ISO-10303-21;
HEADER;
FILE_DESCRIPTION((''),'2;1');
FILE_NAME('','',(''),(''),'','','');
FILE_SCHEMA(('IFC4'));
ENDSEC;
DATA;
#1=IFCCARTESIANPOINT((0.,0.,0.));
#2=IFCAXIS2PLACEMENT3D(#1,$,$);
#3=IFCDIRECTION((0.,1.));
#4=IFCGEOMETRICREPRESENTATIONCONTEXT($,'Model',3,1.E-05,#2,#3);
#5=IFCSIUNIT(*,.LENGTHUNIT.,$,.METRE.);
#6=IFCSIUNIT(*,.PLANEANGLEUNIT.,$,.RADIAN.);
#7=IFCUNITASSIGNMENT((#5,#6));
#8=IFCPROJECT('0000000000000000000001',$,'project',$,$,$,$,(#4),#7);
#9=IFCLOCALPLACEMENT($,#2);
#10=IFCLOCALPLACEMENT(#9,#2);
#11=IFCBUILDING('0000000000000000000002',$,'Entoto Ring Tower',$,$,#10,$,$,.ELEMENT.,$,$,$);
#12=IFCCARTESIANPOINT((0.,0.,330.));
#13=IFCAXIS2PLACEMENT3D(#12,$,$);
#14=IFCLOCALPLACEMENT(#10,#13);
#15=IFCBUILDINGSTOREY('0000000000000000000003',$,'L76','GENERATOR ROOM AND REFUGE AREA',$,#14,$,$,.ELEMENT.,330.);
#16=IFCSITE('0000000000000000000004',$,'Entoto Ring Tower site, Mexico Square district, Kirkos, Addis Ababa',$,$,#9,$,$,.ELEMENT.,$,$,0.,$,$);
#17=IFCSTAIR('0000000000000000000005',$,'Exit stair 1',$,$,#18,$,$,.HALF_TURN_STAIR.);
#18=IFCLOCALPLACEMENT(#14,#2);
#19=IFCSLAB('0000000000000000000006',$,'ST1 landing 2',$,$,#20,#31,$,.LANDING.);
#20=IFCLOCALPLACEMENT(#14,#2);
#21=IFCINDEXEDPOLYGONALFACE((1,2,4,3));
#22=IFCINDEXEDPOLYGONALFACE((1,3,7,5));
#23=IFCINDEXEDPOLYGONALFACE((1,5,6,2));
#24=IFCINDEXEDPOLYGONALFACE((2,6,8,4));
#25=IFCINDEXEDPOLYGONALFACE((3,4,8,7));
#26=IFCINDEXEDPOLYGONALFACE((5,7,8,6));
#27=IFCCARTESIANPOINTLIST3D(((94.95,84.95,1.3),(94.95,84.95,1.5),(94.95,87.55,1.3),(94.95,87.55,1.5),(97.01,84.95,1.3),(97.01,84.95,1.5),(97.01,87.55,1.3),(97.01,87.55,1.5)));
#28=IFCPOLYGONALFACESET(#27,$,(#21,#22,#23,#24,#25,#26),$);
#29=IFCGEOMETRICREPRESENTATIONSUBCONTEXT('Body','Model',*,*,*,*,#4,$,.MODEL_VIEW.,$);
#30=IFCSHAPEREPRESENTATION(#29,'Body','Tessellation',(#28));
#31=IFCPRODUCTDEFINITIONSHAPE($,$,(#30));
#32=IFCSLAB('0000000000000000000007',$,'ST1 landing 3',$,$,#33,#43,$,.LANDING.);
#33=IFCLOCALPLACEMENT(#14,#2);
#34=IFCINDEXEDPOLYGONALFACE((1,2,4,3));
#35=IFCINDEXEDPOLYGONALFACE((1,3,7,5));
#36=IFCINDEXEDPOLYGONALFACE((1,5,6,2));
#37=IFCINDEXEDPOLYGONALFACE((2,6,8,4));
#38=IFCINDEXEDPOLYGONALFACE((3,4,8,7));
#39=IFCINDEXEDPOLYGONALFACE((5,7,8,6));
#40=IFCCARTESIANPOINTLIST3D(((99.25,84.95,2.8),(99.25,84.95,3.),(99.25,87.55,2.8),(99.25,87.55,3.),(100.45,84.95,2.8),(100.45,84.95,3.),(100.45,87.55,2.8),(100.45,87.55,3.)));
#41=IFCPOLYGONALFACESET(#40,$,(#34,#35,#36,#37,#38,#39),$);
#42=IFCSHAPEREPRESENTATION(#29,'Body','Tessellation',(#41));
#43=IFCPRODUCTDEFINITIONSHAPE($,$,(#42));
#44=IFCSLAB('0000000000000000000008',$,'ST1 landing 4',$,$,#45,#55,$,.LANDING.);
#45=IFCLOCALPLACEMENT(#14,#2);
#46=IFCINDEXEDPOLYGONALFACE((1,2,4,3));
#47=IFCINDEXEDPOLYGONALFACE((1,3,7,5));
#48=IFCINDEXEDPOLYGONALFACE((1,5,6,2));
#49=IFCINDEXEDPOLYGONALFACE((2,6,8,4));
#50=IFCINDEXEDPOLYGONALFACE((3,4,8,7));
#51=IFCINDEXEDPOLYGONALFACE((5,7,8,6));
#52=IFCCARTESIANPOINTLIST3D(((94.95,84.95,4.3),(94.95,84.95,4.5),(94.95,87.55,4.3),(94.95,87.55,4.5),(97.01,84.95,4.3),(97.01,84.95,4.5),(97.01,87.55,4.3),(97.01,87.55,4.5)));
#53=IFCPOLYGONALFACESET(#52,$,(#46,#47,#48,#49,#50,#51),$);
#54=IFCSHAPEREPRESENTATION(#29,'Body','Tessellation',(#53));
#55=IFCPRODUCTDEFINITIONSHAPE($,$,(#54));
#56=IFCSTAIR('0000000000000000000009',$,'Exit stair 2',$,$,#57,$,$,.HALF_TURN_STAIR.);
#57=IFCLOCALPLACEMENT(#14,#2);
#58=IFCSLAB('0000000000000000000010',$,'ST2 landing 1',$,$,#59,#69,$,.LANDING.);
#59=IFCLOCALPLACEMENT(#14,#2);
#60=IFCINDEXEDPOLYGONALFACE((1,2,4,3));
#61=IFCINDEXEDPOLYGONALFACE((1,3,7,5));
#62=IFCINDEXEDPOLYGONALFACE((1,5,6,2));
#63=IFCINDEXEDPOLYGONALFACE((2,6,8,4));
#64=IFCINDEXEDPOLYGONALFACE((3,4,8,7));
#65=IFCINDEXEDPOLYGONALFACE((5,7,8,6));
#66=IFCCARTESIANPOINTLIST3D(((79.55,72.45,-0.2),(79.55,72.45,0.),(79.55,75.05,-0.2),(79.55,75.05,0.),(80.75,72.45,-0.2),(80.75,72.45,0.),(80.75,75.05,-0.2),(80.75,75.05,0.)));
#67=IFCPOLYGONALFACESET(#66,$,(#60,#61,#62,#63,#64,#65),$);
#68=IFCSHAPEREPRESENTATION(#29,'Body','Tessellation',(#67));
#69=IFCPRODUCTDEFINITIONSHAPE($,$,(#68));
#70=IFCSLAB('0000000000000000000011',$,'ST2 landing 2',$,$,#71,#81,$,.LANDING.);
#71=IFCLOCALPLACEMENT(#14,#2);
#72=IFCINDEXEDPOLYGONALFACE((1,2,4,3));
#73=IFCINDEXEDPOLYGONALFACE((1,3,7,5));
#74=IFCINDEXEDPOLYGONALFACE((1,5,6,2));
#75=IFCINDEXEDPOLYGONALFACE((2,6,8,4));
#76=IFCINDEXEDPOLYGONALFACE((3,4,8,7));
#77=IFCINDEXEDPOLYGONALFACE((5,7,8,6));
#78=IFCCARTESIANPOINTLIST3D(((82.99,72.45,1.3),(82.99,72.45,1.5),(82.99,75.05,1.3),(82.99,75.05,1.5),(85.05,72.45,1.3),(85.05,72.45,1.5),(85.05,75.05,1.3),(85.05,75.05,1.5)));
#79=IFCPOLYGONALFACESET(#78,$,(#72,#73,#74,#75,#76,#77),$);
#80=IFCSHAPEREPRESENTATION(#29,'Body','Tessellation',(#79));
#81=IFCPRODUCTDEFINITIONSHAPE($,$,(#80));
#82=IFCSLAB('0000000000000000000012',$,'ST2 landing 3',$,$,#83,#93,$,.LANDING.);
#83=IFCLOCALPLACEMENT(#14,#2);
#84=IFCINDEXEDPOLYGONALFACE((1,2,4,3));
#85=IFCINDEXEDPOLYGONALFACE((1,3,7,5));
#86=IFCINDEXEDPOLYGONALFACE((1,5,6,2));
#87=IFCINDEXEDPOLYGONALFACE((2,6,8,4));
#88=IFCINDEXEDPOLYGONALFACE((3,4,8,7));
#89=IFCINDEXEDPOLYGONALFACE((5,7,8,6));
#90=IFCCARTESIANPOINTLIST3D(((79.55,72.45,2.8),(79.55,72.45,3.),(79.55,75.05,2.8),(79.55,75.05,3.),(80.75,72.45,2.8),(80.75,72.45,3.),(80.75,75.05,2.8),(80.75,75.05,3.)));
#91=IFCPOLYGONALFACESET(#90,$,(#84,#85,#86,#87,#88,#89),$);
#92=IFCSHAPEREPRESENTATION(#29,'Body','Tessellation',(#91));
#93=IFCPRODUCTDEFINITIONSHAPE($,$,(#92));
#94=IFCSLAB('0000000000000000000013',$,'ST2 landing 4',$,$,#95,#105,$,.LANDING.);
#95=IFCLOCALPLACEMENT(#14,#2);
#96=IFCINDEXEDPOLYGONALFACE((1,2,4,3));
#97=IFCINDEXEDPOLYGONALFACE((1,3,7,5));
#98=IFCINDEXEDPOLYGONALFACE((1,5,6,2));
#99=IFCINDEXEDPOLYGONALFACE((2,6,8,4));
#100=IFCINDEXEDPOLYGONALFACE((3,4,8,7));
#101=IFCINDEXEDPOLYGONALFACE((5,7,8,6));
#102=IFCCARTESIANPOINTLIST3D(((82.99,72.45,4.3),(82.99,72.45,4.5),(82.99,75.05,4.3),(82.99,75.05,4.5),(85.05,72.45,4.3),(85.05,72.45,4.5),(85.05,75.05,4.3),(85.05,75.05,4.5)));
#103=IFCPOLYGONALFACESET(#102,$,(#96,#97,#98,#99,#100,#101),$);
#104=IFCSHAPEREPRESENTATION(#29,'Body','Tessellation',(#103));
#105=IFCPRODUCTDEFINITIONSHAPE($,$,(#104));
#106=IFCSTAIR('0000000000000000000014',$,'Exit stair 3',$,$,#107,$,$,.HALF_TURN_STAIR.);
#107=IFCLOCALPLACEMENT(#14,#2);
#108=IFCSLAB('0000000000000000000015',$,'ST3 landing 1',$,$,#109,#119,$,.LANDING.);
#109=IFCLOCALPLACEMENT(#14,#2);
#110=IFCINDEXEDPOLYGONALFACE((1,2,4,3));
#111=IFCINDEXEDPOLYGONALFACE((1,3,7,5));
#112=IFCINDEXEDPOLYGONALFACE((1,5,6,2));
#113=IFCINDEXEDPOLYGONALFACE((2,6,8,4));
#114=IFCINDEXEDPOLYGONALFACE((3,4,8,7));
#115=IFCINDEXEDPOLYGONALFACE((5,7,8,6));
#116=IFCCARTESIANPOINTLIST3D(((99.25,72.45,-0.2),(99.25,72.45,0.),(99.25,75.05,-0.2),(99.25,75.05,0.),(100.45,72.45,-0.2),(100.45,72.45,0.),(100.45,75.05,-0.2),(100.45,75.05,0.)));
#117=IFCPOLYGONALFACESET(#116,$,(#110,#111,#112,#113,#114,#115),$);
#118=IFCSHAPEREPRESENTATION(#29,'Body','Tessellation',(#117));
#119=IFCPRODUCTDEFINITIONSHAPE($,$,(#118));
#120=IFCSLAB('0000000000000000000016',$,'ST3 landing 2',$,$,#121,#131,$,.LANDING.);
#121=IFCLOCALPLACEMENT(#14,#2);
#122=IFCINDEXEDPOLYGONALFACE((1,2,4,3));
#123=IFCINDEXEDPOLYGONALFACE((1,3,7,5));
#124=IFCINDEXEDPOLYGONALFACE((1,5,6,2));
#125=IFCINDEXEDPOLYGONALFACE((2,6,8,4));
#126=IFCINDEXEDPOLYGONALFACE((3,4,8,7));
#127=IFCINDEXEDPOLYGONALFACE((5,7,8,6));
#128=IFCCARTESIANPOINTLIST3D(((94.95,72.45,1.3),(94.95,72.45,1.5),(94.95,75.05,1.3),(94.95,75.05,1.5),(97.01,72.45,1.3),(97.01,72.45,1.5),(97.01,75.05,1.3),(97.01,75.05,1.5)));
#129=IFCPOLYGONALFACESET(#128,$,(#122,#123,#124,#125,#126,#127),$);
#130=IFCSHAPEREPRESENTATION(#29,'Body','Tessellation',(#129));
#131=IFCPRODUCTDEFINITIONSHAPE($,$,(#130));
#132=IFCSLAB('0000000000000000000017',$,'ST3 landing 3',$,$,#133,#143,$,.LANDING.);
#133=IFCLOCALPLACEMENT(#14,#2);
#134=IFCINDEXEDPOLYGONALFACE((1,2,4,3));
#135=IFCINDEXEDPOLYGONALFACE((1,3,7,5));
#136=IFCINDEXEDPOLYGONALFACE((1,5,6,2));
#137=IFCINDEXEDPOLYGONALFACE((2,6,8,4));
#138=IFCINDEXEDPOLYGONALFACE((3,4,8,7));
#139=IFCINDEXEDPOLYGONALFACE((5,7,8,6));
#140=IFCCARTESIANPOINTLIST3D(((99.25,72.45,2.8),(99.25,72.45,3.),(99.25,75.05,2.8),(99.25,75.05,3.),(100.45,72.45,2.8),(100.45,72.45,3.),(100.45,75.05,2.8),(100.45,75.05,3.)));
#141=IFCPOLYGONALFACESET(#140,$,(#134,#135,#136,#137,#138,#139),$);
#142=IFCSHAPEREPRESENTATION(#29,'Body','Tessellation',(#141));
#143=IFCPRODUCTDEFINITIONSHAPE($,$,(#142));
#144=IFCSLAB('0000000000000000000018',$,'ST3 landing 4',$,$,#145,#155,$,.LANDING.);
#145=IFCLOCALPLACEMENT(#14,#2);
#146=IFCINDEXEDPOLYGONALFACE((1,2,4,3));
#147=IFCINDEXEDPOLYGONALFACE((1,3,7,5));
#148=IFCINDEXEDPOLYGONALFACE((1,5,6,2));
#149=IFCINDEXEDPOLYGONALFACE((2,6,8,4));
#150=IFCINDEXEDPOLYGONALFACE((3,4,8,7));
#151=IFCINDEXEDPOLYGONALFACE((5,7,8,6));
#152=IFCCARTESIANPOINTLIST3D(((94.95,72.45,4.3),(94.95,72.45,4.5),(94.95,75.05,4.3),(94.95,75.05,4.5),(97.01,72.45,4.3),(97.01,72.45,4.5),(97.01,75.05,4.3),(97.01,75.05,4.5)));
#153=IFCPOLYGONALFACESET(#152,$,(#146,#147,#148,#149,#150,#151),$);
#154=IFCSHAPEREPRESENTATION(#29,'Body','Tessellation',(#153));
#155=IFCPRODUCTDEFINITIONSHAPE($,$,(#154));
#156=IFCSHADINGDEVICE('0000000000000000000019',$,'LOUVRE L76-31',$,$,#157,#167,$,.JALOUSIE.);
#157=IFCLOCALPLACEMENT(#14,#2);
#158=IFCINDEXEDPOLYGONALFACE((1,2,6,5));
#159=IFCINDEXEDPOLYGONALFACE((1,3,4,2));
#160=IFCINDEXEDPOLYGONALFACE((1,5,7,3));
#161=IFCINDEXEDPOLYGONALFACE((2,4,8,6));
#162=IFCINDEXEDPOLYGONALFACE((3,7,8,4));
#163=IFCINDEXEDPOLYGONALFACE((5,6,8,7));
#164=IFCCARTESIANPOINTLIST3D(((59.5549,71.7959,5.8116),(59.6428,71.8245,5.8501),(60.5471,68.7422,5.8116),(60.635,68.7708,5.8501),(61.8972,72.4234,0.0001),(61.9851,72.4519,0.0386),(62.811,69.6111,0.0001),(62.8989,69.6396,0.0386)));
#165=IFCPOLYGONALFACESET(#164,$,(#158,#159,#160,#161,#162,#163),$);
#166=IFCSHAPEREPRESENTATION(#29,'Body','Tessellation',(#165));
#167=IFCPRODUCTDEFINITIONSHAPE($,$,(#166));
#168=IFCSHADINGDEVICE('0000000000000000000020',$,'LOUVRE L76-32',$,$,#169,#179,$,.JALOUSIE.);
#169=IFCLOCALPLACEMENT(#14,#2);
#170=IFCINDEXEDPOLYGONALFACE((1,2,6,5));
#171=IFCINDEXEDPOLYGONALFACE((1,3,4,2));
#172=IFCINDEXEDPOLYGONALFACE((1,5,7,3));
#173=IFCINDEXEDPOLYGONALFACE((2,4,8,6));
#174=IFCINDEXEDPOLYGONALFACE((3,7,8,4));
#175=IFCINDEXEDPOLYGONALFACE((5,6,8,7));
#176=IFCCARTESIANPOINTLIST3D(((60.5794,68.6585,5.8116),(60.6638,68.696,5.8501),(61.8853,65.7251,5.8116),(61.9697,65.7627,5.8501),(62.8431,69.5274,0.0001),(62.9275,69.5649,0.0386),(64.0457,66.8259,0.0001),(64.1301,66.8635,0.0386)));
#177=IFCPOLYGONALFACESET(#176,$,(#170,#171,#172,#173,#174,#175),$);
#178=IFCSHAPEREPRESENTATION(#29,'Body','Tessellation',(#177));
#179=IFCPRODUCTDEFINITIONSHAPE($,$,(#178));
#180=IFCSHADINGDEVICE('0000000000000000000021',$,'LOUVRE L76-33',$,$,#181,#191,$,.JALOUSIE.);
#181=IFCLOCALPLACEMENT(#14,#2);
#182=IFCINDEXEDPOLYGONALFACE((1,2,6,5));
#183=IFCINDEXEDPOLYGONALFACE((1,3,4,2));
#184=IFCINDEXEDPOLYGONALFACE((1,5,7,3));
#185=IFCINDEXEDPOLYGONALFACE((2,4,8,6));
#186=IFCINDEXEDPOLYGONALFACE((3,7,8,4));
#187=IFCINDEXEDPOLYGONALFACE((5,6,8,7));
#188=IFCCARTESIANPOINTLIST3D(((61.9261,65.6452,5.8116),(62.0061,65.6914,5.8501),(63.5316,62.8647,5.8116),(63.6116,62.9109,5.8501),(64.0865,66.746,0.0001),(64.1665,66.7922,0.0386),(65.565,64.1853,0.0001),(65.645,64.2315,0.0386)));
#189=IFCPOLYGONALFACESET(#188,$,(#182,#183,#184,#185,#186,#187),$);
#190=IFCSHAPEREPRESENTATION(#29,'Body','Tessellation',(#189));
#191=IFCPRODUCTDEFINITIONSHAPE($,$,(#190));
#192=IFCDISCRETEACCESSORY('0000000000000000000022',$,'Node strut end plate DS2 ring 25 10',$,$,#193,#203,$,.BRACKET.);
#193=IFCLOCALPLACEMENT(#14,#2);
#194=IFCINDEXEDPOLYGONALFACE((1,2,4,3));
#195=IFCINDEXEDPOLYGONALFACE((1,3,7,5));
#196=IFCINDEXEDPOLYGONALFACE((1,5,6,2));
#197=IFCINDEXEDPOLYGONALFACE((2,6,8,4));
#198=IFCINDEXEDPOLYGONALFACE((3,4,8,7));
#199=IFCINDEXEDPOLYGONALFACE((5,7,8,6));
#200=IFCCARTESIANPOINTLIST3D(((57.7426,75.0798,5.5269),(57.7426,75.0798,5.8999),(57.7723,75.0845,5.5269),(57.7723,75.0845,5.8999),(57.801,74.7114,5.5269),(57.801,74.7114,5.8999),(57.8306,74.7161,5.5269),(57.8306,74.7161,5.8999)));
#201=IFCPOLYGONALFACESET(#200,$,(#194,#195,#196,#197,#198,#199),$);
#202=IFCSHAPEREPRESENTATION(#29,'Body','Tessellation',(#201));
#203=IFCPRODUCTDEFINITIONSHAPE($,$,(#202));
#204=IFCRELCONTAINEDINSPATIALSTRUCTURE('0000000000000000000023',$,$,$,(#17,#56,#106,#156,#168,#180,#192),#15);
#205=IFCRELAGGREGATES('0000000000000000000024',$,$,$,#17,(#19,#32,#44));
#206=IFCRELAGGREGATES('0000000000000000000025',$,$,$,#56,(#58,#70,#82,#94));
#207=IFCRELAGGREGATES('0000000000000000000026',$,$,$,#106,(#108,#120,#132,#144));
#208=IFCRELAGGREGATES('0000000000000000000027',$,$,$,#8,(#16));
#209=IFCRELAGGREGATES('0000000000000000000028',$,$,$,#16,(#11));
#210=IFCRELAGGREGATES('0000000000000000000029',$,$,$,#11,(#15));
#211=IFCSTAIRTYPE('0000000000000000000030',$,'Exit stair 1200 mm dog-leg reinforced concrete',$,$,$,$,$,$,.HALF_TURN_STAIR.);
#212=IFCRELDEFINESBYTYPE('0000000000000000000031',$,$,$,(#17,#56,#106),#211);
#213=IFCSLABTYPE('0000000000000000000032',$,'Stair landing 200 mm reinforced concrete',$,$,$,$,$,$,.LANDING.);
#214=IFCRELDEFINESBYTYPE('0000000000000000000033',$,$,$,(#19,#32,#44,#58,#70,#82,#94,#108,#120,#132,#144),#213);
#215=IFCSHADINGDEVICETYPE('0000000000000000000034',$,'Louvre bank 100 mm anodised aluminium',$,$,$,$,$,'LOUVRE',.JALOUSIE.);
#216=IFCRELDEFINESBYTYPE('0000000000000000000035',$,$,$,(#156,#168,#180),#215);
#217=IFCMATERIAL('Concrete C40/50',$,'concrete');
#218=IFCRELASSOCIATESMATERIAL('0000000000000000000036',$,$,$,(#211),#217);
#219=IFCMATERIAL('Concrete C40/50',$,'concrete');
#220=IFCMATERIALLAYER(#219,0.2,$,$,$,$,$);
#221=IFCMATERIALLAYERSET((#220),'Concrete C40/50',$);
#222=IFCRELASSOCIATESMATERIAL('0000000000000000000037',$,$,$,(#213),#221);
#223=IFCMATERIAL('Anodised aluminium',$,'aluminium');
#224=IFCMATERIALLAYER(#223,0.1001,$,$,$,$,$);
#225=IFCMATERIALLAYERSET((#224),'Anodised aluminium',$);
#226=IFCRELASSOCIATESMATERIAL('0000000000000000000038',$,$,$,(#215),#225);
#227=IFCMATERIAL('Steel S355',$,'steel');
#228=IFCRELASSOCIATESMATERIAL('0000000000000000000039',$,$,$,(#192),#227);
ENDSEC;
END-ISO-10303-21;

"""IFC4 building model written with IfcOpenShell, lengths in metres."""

from ifc_helpers import new_model, si_unit, direction, frame, origin, origin_2d, place, context, subcontext, project, spatial, polyline, rectangle, outline, extrude, material, layer, layer_set, type_object, element, aggregate, save


model = new_model("IFC4")

# Units and contexts
model_context = context("Model", 3, precision=1e-05, world=origin(), true_north=direction((0.0, 1.0)))
body_context = subcontext(model_context, "Body", "Model", "MODEL_VIEW")
ifc_project = project(units=[si_unit("LENGTHUNIT", "METRE"), si_unit("PLANEANGLEUNIT", "RADIAN")], contexts=[model_context])

# Site, building, storey
site_placement = place(None, origin())
site = spatial("IfcSite", under=ifc_project, at=site_placement, Name="Entoto Ring Tower site, Mexico Square district, Kirkos, Addis Ababa", CompositionType="ELEMENT", RefElevation=0.0)
building_placement = place(site_placement, origin())
building = spatial("IfcBuilding", under=site, at=building_placement, Name="Entoto Ring Tower", CompositionType="ELEMENT")
storey_placement = place(building_placement, frame((0.0, 0.0, 330.0)))
storey = spatial("IfcBuildingStorey", under=building, at=storey_placement, Name="L76", Description="GENERATOR ROOM AND REFUGE AREA", CompositionType="ELEMENT", Elevation=330.0)

# Stairs, slabs
ifc_material_1 = material(Name="Concrete C40/50", Category="concrete")
stair_type = type_object("IfcStairType", Name="Exit stair 1200 mm dog-leg reinforced concrete", PredefinedType="HALF_TURN_STAIR", material=ifc_material_1)
stair_1_placement = place(storey_placement, origin())
stair_1 = element("IfcStair", 1, at=stair_1_placement, inside=storey, type_object=stair_type, Name="Exit stair 1", PredefinedType="HALF_TURN_STAIR")
ifc_material_2 = material(Name="Concrete C40/50", Category="concrete")
ifc_layer_1 = layer(ifc_material_2, 0.2)
ifc_layer_set_1 = layer_set([ifc_layer_1], Name="Concrete C40/50")
slab_type_1 = type_object("IfcSlabType", Name="Stair landing 200 mm reinforced concrete", PredefinedType="LANDING", material=ifc_layer_set_1)
slab_1_placement = place(storey_placement, frame((0.0, 0.0, 1.3)))
slab_1 = element("IfcSlab", 2, at=slab_1_placement, type_object=slab_type_1, Name="ST1 landing 2", PredefinedType="LANDING", context=body_context, shape_type="SweptSolid", body=[
    extrude(outline(polyline([(94.95, 84.95), (97.01, 84.95), (97.01, 87.55), (94.95, 87.55), (94.95, 84.95)])), origin(), (0.0, 0.0, 1.0), 0.2),
])
slab_2_placement = place(storey_placement, frame((0.0, 0.0, 2.8)))
slab_2 = element("IfcSlab", 3, at=slab_2_placement, type_object=slab_type_1, Name="ST1 landing 3", PredefinedType="LANDING", context=body_context, shape_type="SweptSolid", body=[
    extrude(outline(polyline([(99.25, 84.95), (100.45, 84.95), (100.45, 87.55), (99.25, 87.55), (99.25, 84.95)])), origin(), (0.0, 0.0, 1.0), 0.2),
])
slab_3_placement = place(storey_placement, frame((0.0, 0.0, 4.3)))
slab_3 = element("IfcSlab", 4, at=slab_3_placement, type_object=slab_type_1, Name="ST1 landing 4", PredefinedType="LANDING", context=body_context, shape_type="SweptSolid", body=[
    extrude(outline(polyline([(94.95, 84.95), (97.01, 84.95), (97.01, 87.55), (94.95, 87.55), (94.95, 84.95)])), origin(), (0.0, 0.0, 1.0), 0.2),
])
aggregate(stair_1, [slab_1, slab_2, slab_3])
stair_2_placement = place(storey_placement, origin())
stair_2 = element("IfcStair", 5, at=stair_2_placement, inside=storey, type_object=stair_type, Name="Exit stair 2", PredefinedType="HALF_TURN_STAIR")
slab_4_placement = place(storey_placement, frame((0.0, 0.0, -0.2)))
slab_4 = element("IfcSlab", 6, at=slab_4_placement, type_object=slab_type_1, Name="ST2 landing 1", PredefinedType="LANDING", context=body_context, shape_type="SweptSolid", body=[
    extrude(outline(polyline([(80.75, 72.45), (80.75, 75.05), (79.55, 75.05), (79.55, 72.45), (80.75, 72.45)])), origin(), (0.0, 0.0, 1.0), 0.2),
])
slab_5_placement = place(storey_placement, frame((0.0, 0.0, 1.3)))
slab_5 = element("IfcSlab", 7, at=slab_5_placement, type_object=slab_type_1, Name="ST2 landing 2", PredefinedType="LANDING", context=body_context, shape_type="SweptSolid", body=[
    extrude(outline(polyline([(82.99, 72.45), (85.05, 72.45), (85.05, 75.05), (82.99, 75.05), (82.99, 72.45)])), origin(), (0.0, 0.0, 1.0), 0.2),
])
slab_6_placement = place(storey_placement, frame((0.0, 0.0, 2.8)))
slab_6 = element("IfcSlab", 8, at=slab_6_placement, type_object=slab_type_1, Name="ST2 landing 3", PredefinedType="LANDING", context=body_context, shape_type="SweptSolid", body=[
    extrude(outline(polyline([(79.55, 72.45), (80.75, 72.45), (80.75, 75.05), (79.55, 75.05), (79.55, 72.45)])), origin(), (0.0, 0.0, 1.0), 0.2),
])
slab_7_placement = place(storey_placement, frame((0.0, 0.0, 4.3)))
slab_7 = element("IfcSlab", 9, at=slab_7_placement, type_object=slab_type_1, Name="ST2 landing 4", PredefinedType="LANDING", context=body_context, shape_type="SweptSolid", body=[
    extrude(outline(polyline([(82.99, 72.45), (85.05, 72.45), (85.05, 75.05), (82.99, 75.05), (82.99, 72.45)])), origin(), (0.0, 0.0, 1.0), 0.2),
])
aggregate(stair_2, [slab_4, slab_5, slab_6, slab_7])
stair_3_placement = place(storey_placement, origin())
stair_3 = element("IfcStair", 10, at=stair_3_placement, inside=storey, type_object=stair_type, Name="Exit stair 3", PredefinedType="HALF_TURN_STAIR")
slab_8_placement = place(storey_placement, frame((0.0, 0.0, -0.2)))
slab_8 = element("IfcSlab", 11, at=slab_8_placement, type_object=slab_type_1, Name="ST3 landing 1", PredefinedType="LANDING", context=body_context, shape_type="SweptSolid", body=[
    extrude(outline(polyline([(100.45, 72.45), (100.45, 75.05), (99.25, 75.05), (99.25, 72.45), (100.45, 72.45)])), origin(), (0.0, 0.0, 1.0), 0.2),
])
slab_9_placement = place(storey_placement, frame((0.0, 0.0, 1.3)))
slab_9 = element("IfcSlab", 12, at=slab_9_placement, type_object=slab_type_1, Name="ST3 landing 2", PredefinedType="LANDING", context=body_context, shape_type="SweptSolid", body=[
    extrude(outline(polyline([(94.95, 72.45), (97.01, 72.45), (97.01, 75.05), (94.95, 75.05), (94.95, 72.45)])), origin(), (0.0, 0.0, 1.0), 0.2),
])
slab_10_placement = place(storey_placement, frame((0.0, 0.0, 2.8)))
slab_10 = element("IfcSlab", 13, at=slab_10_placement, type_object=slab_type_1, Name="ST3 landing 3", PredefinedType="LANDING", context=body_context, shape_type="SweptSolid", body=[
    extrude(outline(polyline([(99.25, 72.45), (100.45, 72.45), (100.45, 75.05), (99.25, 75.05), (99.25, 72.45)])), origin(), (0.0, 0.0, 1.0), 0.2),
])
slab_11_placement = place(storey_placement, frame((0.0, 0.0, 4.3)))
slab_11 = element("IfcSlab", 14, at=slab_11_placement, type_object=slab_type_1, Name="ST3 landing 4", PredefinedType="LANDING", context=body_context, shape_type="SweptSolid", body=[
    extrude(outline(polyline([(94.95, 72.45), (97.01, 72.45), (97.01, 75.05), (94.95, 75.05), (94.95, 72.45)])), origin(), (0.0, 0.0, 1.0), 0.2),
])
aggregate(stair_3, [slab_8, slab_9, slab_10, slab_11])

# Shading devices
ifc_material_3 = material(Name="Anodised aluminium", Category="aluminium")
ifc_layer_2 = layer(ifc_material_3, 0.1001)
ifc_layer_set_2 = layer_set([ifc_layer_2], Name="Anodised aluminium")
shading_device_type = type_object("IfcShadingDeviceType", Name="Louvre bank 100 mm anodised aluminium", ElementType="LOUVRE", PredefinedType="JALOUSIE", material=ifc_layer_set_2)
shading_device_1_placement = place(storey_placement, frame((61.9851, 72.4519, 0.0386), z_axis=(0.877891, 0.28525, 0.38463), x_axis=(0.309024, -0.951054, -0.000005)))
element("IfcShadingDevice", 15, at=shading_device_1_placement, inside=storey, type_object=shading_device_type, Name="LOUVRE L76-31", PredefinedType="JALOUSIE", context=body_context, shape_type="SweptSolid", body=[
    extrude(outline(polyline([(0.0, 0.0), (2.957, 0.0), (3.0837, -6.2959), (-0.1271, -6.2958), (0.0, 0.0)])), origin(), (0.0, 0.0, -1.0), 0.1001),
])
shading_device_2_placement = place(storey_placement, frame((62.9275, 69.5649, 0.0386), z_axis=(0.843289, 0.375425, 0.384603), x_axis=(0.406707, -0.913559, 0.000001)))
element("IfcShadingDevice", 16, at=shading_device_2_placement, inside=storey, type_object=shading_device_type, Name="LOUVRE L76-32", PredefinedType="JALOUSIE", context=body_context, shape_type="SweptSolid", body=[
    extrude(outline(polyline([(0.0, 0.0), (2.957, 0.0), (3.0841, -6.2958), (-0.1269, -6.2958), (0.0, 0.0)])), origin(), (0.0, 0.0, -1.0), 0.1001),
])
shading_device_3_placement = place(storey_placement, frame((64.1665, 66.7922, 0.0386), z_axis=(0.799403, 0.461562, 0.384598), x_axis=(0.50002, -0.866014, 0.000005)))
element("IfcShadingDevice", 17, at=shading_device_3_placement, inside=storey, type_object=shading_device_type, Name="LOUVRE L76-33", PredefinedType="JALOUSIE", context=body_context, shape_type="SweptSolid", body=[
    extrude(outline(polyline([(0.0, 0.0), (2.957, 0.0), (3.0838, -6.2958), (-0.1269, -6.2958), (0.0, 0.0)])), origin(), (0.0, 0.0, -1.0), 0.1001),
])

# Discrete accessory
ifc_material_4 = material(Name="Steel S355", Category="steel")
discrete_accessory_placement = place(storey_placement, frame((57.7866, 74.8979, 5.5269), z_axis=(0.0, 0.0, 1.0), x_axis=(-0.987688, -0.156434, 0.0)))
element("IfcDiscreteAccessory", 18, at=discrete_accessory_placement, inside=storey, material=ifc_material_4, Name="Node strut end plate DS2 ring 25 10", PredefinedType="BRACKET", context=body_context, shape_type="SweptSolid", body=[
    extrude(rectangle(XDim=0.03, YDim=0.373, at=origin_2d()), origin(), (0.0, 0.0, 1.0), 0.373),
])

save(model, "model.ifc")
